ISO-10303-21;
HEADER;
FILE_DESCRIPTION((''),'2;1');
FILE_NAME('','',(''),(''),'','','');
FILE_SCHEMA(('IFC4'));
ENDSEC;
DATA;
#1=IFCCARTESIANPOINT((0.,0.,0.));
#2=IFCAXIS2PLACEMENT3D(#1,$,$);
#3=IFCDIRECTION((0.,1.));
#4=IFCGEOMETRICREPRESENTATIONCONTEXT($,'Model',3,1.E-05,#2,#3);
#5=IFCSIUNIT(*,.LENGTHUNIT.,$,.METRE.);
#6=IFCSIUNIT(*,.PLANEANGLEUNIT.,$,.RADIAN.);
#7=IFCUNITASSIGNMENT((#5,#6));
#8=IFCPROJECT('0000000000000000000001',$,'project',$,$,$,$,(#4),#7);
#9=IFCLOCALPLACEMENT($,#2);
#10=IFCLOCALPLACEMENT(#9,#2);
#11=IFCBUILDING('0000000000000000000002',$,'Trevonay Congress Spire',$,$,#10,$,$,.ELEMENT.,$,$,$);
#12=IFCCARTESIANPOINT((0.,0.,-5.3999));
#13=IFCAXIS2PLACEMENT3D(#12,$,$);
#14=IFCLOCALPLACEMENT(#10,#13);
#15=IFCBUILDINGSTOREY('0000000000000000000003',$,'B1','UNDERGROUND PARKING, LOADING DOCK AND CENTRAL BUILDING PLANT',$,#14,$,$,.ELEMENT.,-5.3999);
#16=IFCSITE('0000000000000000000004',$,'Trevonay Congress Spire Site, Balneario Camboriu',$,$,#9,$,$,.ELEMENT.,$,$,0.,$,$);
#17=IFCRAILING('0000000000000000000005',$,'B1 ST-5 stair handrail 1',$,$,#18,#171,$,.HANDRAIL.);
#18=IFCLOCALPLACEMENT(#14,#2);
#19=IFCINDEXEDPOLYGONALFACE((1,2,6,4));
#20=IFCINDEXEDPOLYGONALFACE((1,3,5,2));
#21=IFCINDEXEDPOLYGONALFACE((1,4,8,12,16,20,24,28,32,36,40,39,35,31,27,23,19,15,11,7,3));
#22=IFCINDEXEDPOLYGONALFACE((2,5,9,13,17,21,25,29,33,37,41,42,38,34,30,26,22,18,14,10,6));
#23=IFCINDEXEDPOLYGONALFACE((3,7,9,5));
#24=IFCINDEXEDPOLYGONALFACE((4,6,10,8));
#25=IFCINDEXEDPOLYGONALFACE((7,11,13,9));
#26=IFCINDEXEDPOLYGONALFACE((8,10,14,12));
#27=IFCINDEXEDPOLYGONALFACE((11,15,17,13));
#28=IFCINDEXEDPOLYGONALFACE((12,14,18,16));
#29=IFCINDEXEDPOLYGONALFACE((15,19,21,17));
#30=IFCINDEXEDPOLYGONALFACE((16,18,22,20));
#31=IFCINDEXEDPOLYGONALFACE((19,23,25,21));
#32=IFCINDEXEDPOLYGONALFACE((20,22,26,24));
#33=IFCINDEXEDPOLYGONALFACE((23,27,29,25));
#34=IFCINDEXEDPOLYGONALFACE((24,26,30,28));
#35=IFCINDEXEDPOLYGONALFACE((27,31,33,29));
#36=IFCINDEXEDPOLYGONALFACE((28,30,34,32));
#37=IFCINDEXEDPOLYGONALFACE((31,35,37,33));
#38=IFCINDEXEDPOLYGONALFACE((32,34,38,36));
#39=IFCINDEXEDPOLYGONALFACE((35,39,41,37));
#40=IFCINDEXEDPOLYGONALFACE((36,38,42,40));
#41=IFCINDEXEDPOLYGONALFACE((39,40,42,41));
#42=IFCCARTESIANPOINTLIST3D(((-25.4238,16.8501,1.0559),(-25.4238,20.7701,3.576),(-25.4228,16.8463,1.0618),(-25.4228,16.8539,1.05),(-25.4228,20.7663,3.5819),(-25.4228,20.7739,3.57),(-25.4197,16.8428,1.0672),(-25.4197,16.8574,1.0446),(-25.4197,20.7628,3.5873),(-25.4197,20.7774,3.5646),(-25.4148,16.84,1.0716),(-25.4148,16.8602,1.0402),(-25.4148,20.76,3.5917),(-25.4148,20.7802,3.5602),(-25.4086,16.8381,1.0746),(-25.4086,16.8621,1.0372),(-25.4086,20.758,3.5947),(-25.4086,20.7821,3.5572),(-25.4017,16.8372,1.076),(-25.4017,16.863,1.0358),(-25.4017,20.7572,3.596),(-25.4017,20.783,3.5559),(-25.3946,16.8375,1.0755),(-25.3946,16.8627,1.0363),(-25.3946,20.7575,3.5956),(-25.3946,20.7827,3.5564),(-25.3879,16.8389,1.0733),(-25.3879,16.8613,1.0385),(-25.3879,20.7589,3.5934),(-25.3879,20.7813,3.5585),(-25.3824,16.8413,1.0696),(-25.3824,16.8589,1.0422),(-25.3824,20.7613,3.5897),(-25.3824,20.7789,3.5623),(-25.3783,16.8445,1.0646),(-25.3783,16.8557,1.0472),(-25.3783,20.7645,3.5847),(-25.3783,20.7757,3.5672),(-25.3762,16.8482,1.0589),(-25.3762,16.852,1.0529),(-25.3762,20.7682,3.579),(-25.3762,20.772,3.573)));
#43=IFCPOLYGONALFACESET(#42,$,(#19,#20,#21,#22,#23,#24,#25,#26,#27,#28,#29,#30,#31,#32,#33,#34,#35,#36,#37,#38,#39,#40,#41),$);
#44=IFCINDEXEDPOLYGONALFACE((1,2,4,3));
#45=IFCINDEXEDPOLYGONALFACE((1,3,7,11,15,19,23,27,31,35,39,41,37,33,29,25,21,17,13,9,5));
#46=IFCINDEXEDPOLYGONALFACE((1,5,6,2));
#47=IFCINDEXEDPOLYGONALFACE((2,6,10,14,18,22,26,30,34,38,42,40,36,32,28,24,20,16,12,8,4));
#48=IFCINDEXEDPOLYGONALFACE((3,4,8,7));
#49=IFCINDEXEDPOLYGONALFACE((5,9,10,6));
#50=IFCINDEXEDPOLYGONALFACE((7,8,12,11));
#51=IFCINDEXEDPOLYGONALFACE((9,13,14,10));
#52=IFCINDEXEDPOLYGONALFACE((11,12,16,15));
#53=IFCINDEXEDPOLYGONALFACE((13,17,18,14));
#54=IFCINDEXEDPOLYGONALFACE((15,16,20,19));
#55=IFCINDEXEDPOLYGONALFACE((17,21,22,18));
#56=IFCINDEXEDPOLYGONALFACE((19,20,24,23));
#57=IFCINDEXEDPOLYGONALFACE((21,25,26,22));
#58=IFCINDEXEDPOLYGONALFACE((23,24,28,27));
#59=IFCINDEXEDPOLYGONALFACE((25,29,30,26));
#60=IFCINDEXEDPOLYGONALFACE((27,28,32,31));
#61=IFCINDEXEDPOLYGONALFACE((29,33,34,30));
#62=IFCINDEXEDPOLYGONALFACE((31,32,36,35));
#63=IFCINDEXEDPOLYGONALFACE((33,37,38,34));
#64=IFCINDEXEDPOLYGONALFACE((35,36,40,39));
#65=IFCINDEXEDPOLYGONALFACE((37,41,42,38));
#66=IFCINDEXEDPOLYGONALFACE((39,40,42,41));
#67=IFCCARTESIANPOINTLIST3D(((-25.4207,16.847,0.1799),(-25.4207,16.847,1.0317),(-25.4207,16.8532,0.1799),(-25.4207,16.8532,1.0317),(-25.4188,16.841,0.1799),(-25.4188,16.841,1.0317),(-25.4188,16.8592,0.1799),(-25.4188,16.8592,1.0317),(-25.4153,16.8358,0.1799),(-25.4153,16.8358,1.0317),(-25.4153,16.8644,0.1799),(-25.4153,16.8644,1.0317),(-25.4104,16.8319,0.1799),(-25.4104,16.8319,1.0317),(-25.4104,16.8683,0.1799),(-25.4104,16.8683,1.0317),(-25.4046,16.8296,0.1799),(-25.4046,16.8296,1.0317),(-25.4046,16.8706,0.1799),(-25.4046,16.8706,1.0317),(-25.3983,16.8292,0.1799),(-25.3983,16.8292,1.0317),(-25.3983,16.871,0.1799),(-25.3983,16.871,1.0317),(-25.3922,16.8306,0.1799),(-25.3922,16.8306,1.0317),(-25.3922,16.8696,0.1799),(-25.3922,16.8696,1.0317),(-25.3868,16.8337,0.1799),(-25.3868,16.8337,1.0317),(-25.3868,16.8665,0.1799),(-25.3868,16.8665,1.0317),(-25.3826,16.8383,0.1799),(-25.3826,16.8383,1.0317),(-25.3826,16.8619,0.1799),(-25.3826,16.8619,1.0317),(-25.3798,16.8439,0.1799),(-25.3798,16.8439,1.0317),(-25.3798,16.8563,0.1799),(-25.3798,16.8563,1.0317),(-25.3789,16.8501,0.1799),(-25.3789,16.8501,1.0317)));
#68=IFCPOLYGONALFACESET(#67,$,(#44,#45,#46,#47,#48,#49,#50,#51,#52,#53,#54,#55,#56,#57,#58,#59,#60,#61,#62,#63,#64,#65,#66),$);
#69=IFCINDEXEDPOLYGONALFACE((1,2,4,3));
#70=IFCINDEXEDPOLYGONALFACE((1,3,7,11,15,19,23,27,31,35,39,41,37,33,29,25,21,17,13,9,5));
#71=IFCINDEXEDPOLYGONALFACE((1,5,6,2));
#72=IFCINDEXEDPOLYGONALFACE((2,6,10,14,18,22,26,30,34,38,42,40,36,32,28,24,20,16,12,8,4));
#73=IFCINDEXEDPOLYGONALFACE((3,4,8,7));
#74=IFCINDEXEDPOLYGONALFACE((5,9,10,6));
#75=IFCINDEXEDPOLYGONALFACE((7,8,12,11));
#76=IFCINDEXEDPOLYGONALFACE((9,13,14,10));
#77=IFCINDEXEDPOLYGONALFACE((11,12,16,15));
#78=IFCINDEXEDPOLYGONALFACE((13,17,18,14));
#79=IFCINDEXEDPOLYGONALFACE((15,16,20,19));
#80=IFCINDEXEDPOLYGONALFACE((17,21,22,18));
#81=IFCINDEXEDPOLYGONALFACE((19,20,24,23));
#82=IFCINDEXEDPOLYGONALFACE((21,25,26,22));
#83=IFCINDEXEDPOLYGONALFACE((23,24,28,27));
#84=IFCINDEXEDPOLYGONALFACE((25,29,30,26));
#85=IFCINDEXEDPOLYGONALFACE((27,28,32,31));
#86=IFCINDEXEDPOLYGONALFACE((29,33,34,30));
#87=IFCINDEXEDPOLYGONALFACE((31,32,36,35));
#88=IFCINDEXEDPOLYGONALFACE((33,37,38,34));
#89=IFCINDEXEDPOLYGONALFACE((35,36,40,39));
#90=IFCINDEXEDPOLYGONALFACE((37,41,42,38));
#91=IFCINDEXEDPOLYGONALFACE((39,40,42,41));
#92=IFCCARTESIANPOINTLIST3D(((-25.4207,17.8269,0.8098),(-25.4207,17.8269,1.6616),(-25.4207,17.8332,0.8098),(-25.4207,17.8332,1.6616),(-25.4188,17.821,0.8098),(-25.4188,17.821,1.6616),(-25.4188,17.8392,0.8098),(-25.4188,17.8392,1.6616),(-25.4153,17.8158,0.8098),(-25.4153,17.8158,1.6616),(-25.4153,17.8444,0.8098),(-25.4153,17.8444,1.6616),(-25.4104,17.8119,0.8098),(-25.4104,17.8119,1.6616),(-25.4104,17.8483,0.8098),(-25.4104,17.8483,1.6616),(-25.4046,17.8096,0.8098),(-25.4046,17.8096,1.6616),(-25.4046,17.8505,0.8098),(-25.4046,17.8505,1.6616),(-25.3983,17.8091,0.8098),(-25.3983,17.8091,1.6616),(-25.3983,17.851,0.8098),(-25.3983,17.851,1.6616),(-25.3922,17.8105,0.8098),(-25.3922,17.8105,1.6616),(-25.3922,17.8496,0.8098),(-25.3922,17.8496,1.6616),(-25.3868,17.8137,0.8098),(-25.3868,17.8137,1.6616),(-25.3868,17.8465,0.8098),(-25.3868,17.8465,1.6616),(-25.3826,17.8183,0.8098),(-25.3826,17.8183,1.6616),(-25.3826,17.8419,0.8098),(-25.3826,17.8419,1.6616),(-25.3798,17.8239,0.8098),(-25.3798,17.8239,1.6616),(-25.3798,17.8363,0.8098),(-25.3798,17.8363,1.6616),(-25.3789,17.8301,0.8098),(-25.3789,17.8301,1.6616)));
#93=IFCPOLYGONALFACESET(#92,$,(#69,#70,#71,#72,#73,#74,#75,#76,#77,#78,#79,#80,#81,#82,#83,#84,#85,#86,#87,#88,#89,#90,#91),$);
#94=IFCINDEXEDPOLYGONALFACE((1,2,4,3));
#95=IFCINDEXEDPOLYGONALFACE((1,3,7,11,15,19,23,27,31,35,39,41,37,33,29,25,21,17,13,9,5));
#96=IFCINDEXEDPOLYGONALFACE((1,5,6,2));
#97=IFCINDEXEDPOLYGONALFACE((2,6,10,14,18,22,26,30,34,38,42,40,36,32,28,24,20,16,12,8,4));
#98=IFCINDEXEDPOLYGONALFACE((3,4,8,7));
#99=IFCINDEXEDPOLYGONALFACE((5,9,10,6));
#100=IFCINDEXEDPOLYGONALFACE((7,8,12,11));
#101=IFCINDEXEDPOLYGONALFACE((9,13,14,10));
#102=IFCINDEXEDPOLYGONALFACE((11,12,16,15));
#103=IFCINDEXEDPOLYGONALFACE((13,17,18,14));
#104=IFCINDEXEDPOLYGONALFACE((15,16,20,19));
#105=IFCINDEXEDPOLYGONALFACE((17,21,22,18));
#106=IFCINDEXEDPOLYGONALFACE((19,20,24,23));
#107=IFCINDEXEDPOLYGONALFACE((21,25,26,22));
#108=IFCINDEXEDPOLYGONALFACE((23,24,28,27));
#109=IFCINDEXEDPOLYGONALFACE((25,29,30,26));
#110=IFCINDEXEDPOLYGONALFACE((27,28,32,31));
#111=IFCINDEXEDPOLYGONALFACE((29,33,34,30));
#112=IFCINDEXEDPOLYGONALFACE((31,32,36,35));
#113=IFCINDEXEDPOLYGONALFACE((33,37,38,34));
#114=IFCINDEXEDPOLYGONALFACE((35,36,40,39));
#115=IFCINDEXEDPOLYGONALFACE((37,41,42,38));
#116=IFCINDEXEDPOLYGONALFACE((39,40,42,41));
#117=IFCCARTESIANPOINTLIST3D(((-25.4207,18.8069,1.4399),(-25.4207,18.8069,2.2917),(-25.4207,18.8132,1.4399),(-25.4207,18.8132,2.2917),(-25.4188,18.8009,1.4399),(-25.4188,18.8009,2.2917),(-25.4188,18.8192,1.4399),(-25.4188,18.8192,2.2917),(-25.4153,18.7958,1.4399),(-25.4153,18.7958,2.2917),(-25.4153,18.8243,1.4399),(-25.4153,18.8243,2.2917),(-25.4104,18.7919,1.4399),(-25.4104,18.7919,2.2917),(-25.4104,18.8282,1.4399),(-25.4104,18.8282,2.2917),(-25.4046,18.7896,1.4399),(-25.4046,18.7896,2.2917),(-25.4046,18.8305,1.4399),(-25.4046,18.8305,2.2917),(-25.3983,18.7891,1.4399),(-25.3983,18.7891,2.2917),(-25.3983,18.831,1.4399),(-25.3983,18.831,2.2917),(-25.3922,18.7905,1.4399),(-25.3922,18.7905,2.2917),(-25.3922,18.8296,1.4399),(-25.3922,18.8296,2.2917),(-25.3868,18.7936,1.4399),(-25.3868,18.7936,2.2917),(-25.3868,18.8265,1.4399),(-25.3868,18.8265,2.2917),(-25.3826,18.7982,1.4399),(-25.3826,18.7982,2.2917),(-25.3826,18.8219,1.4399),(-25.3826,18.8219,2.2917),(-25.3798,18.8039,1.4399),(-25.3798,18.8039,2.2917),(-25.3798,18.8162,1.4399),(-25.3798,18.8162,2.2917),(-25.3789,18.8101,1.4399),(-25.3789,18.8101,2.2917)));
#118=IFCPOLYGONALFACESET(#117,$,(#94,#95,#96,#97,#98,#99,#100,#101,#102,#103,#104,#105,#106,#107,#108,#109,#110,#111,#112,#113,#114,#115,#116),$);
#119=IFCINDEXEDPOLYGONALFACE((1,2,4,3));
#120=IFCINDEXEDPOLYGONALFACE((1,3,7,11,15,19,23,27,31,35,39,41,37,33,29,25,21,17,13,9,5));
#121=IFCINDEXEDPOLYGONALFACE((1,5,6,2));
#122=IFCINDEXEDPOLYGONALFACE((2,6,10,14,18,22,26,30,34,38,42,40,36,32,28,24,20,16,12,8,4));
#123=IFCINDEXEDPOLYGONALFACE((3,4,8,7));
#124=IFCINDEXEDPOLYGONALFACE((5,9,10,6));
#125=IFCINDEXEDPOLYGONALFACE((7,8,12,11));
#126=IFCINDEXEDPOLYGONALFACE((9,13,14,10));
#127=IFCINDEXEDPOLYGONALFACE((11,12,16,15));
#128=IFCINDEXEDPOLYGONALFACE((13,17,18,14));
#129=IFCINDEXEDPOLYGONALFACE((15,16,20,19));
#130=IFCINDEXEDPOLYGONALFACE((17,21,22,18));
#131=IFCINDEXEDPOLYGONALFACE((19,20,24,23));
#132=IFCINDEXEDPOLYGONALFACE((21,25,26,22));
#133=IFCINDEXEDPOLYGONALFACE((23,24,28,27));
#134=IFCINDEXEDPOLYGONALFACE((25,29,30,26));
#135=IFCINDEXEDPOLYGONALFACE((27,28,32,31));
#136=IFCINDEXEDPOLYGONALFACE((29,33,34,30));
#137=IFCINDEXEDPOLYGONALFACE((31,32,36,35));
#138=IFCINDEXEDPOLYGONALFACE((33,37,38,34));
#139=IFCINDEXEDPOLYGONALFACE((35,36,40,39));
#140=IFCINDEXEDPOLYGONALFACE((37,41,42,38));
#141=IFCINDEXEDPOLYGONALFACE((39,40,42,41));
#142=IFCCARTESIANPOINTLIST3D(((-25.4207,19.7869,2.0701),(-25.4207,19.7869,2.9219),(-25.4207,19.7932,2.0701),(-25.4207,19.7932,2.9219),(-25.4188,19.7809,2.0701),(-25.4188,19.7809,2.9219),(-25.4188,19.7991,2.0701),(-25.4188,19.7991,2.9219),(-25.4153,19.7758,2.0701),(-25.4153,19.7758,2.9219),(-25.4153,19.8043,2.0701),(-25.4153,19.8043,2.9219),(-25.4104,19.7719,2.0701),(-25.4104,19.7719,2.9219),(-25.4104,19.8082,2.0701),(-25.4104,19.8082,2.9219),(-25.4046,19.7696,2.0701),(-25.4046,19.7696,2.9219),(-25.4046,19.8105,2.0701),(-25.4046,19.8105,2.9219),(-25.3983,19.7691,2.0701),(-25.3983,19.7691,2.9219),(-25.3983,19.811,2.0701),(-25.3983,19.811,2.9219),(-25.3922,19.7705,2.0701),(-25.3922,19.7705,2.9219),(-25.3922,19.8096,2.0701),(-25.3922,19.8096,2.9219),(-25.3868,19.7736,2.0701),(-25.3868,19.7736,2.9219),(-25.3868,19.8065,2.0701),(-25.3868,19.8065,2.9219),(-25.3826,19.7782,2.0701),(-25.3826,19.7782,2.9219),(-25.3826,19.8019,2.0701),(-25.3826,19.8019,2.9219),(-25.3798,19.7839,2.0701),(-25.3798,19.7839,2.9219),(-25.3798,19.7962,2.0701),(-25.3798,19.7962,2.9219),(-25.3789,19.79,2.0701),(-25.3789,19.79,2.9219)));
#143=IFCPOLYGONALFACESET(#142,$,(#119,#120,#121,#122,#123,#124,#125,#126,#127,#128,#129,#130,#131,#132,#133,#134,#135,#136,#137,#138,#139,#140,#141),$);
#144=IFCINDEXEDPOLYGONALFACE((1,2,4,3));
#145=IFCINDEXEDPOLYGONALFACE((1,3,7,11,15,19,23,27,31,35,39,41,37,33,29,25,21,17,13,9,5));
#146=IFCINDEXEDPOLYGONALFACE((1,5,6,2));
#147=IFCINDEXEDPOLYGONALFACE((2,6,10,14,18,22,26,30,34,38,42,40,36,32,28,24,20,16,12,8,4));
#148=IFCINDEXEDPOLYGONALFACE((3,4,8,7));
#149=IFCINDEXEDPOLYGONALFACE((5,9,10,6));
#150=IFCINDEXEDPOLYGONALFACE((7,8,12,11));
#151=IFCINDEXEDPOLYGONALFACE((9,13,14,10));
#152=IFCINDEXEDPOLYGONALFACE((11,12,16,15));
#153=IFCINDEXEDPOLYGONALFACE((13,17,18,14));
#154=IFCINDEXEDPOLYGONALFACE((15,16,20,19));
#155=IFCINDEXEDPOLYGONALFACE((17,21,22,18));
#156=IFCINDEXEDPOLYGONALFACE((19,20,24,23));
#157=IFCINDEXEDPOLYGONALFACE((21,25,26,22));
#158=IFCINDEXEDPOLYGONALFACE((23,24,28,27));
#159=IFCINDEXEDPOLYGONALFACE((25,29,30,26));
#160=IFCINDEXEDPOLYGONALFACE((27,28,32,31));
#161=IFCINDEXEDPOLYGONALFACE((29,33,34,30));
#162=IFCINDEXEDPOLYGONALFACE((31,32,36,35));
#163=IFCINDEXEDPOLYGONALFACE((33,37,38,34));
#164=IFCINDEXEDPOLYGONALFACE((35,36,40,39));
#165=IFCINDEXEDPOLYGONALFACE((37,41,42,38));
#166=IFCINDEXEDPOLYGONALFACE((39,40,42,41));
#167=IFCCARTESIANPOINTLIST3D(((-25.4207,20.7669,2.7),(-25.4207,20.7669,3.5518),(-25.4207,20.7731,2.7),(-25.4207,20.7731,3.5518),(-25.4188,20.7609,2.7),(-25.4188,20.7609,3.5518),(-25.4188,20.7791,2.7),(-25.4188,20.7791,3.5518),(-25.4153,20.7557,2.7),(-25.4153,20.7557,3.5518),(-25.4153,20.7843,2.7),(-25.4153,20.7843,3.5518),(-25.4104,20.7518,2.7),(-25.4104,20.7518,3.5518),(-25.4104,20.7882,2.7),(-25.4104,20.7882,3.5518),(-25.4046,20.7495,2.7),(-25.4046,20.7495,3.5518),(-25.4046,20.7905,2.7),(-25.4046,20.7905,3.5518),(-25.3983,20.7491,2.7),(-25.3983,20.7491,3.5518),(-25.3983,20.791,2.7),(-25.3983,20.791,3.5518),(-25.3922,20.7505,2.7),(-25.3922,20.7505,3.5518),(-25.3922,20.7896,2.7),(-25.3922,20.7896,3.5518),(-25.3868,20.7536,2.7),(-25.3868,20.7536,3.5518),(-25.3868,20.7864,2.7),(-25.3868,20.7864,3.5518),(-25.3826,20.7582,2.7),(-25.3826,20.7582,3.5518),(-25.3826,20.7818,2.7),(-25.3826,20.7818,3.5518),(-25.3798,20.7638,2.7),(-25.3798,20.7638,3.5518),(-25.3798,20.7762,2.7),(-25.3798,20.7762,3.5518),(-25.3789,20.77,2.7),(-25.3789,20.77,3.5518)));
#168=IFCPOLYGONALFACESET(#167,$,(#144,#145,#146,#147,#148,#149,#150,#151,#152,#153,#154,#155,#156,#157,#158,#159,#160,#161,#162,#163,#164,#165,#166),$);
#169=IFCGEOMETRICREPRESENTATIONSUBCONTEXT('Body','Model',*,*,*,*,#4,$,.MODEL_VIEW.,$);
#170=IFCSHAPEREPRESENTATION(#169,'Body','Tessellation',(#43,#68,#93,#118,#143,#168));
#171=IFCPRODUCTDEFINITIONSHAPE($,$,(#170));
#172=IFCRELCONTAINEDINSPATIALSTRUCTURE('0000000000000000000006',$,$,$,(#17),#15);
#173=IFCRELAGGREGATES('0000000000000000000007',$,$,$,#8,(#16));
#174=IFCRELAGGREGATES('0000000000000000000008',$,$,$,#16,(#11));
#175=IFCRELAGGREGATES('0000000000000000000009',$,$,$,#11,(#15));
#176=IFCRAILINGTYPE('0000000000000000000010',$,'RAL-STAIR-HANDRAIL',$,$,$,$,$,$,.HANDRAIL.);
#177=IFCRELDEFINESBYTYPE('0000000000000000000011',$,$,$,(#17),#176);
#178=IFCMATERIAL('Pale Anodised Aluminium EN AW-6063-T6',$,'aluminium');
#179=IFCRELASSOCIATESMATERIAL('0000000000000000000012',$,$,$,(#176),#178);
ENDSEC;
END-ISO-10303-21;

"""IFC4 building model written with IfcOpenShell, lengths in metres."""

from ifc_helpers import new_model, si_unit, direction, frame, origin, origin_2d, place, context, subcontext, project, spatial, circle, extrude, material, type_object, element, save


model = new_model("IFC4")

# Units and contexts
model_context = context("Model", 3, precision=1e-05, world=origin(), true_north=direction((0.0, 1.0)))
body_context = subcontext(model_context, "Body", "Model", "MODEL_VIEW")
ifc_project = project(units=[si_unit("LENGTHUNIT", "METRE"), si_unit("PLANEANGLEUNIT", "RADIAN")], contexts=[model_context])

# Site, building, storey
site_placement = place(None, origin())
site = spatial("IfcSite", under=ifc_project, at=site_placement, Name="Trevonay Congress Spire Site, Balneario Camboriu", CompositionType="ELEMENT", RefElevation=0.0)
building_placement = place(site_placement, origin())
building = spatial("IfcBuilding", under=site, at=building_placement, Name="Trevonay Congress Spire", CompositionType="ELEMENT")
storey_placement = place(building_placement, frame((0.0, 0.0, -5.3999)))
storey = spatial("IfcBuildingStorey", under=building, at=storey_placement, Name="B1", Description="UNDERGROUND PARKING, LOADING DOCK AND CENTRAL BUILDING PLANT", CompositionType="ELEMENT", Elevation=-5.3999)

# Railing
ifc_material_1 = material(Name="Pale Anodised Aluminium EN AW-6063-T6", Category="aluminium")
railing_type_1 = type_object("IfcRailingType", Name="RAL-STAIR-HANDRAIL", PredefinedType="HANDRAIL", material=ifc_material_1)
railing_1_placement = place(storey_placement, frame((-25.3999, 16.8501, 0.1799)))
element("IfcRailing", 1, at=railing_1_placement, inside=storey, type_object=railing_type_1, Name="B1 ST-5 stair handrail 1", PredefinedType="HANDRAIL", context=body_context, shape_type="SweptSolid", body=[
    extrude(circle(Radius=0.0239, at=origin_2d()), frame((0.0, 0.0, 0.876), z_axis=(0.0, 0.841172, 0.540768), x_axis=(-1.0, 0.0, 0.0)), (0.0, 0.0, 1.0), 4.6602),
    extrude(circle(Radius=0.021, at=origin_2d()), origin(), (0.0, 0.0, 1.0), 0.8518),
    extrude(circle(Radius=0.021, at=origin_2d()), frame((0.0, 0.98, 0.6299)), (0.0, 0.0, 1.0), 0.8518),
    extrude(circle(Radius=0.021, at=origin_2d()), frame((0.0, 1.96, 1.26)), (0.0, 0.0, 1.0), 0.8518),
    extrude(circle(Radius=0.021, at=origin_2d()), frame((0.0, 2.9399, 1.8901)), (0.0, 0.0, 1.0), 0.8518),
    extrude(circle(Radius=0.021, at=origin_2d()), frame((0.0, 3.9199, 2.52)), (0.0, 0.0, 1.0), 0.8518),
])

save(model, "model.ifc")
